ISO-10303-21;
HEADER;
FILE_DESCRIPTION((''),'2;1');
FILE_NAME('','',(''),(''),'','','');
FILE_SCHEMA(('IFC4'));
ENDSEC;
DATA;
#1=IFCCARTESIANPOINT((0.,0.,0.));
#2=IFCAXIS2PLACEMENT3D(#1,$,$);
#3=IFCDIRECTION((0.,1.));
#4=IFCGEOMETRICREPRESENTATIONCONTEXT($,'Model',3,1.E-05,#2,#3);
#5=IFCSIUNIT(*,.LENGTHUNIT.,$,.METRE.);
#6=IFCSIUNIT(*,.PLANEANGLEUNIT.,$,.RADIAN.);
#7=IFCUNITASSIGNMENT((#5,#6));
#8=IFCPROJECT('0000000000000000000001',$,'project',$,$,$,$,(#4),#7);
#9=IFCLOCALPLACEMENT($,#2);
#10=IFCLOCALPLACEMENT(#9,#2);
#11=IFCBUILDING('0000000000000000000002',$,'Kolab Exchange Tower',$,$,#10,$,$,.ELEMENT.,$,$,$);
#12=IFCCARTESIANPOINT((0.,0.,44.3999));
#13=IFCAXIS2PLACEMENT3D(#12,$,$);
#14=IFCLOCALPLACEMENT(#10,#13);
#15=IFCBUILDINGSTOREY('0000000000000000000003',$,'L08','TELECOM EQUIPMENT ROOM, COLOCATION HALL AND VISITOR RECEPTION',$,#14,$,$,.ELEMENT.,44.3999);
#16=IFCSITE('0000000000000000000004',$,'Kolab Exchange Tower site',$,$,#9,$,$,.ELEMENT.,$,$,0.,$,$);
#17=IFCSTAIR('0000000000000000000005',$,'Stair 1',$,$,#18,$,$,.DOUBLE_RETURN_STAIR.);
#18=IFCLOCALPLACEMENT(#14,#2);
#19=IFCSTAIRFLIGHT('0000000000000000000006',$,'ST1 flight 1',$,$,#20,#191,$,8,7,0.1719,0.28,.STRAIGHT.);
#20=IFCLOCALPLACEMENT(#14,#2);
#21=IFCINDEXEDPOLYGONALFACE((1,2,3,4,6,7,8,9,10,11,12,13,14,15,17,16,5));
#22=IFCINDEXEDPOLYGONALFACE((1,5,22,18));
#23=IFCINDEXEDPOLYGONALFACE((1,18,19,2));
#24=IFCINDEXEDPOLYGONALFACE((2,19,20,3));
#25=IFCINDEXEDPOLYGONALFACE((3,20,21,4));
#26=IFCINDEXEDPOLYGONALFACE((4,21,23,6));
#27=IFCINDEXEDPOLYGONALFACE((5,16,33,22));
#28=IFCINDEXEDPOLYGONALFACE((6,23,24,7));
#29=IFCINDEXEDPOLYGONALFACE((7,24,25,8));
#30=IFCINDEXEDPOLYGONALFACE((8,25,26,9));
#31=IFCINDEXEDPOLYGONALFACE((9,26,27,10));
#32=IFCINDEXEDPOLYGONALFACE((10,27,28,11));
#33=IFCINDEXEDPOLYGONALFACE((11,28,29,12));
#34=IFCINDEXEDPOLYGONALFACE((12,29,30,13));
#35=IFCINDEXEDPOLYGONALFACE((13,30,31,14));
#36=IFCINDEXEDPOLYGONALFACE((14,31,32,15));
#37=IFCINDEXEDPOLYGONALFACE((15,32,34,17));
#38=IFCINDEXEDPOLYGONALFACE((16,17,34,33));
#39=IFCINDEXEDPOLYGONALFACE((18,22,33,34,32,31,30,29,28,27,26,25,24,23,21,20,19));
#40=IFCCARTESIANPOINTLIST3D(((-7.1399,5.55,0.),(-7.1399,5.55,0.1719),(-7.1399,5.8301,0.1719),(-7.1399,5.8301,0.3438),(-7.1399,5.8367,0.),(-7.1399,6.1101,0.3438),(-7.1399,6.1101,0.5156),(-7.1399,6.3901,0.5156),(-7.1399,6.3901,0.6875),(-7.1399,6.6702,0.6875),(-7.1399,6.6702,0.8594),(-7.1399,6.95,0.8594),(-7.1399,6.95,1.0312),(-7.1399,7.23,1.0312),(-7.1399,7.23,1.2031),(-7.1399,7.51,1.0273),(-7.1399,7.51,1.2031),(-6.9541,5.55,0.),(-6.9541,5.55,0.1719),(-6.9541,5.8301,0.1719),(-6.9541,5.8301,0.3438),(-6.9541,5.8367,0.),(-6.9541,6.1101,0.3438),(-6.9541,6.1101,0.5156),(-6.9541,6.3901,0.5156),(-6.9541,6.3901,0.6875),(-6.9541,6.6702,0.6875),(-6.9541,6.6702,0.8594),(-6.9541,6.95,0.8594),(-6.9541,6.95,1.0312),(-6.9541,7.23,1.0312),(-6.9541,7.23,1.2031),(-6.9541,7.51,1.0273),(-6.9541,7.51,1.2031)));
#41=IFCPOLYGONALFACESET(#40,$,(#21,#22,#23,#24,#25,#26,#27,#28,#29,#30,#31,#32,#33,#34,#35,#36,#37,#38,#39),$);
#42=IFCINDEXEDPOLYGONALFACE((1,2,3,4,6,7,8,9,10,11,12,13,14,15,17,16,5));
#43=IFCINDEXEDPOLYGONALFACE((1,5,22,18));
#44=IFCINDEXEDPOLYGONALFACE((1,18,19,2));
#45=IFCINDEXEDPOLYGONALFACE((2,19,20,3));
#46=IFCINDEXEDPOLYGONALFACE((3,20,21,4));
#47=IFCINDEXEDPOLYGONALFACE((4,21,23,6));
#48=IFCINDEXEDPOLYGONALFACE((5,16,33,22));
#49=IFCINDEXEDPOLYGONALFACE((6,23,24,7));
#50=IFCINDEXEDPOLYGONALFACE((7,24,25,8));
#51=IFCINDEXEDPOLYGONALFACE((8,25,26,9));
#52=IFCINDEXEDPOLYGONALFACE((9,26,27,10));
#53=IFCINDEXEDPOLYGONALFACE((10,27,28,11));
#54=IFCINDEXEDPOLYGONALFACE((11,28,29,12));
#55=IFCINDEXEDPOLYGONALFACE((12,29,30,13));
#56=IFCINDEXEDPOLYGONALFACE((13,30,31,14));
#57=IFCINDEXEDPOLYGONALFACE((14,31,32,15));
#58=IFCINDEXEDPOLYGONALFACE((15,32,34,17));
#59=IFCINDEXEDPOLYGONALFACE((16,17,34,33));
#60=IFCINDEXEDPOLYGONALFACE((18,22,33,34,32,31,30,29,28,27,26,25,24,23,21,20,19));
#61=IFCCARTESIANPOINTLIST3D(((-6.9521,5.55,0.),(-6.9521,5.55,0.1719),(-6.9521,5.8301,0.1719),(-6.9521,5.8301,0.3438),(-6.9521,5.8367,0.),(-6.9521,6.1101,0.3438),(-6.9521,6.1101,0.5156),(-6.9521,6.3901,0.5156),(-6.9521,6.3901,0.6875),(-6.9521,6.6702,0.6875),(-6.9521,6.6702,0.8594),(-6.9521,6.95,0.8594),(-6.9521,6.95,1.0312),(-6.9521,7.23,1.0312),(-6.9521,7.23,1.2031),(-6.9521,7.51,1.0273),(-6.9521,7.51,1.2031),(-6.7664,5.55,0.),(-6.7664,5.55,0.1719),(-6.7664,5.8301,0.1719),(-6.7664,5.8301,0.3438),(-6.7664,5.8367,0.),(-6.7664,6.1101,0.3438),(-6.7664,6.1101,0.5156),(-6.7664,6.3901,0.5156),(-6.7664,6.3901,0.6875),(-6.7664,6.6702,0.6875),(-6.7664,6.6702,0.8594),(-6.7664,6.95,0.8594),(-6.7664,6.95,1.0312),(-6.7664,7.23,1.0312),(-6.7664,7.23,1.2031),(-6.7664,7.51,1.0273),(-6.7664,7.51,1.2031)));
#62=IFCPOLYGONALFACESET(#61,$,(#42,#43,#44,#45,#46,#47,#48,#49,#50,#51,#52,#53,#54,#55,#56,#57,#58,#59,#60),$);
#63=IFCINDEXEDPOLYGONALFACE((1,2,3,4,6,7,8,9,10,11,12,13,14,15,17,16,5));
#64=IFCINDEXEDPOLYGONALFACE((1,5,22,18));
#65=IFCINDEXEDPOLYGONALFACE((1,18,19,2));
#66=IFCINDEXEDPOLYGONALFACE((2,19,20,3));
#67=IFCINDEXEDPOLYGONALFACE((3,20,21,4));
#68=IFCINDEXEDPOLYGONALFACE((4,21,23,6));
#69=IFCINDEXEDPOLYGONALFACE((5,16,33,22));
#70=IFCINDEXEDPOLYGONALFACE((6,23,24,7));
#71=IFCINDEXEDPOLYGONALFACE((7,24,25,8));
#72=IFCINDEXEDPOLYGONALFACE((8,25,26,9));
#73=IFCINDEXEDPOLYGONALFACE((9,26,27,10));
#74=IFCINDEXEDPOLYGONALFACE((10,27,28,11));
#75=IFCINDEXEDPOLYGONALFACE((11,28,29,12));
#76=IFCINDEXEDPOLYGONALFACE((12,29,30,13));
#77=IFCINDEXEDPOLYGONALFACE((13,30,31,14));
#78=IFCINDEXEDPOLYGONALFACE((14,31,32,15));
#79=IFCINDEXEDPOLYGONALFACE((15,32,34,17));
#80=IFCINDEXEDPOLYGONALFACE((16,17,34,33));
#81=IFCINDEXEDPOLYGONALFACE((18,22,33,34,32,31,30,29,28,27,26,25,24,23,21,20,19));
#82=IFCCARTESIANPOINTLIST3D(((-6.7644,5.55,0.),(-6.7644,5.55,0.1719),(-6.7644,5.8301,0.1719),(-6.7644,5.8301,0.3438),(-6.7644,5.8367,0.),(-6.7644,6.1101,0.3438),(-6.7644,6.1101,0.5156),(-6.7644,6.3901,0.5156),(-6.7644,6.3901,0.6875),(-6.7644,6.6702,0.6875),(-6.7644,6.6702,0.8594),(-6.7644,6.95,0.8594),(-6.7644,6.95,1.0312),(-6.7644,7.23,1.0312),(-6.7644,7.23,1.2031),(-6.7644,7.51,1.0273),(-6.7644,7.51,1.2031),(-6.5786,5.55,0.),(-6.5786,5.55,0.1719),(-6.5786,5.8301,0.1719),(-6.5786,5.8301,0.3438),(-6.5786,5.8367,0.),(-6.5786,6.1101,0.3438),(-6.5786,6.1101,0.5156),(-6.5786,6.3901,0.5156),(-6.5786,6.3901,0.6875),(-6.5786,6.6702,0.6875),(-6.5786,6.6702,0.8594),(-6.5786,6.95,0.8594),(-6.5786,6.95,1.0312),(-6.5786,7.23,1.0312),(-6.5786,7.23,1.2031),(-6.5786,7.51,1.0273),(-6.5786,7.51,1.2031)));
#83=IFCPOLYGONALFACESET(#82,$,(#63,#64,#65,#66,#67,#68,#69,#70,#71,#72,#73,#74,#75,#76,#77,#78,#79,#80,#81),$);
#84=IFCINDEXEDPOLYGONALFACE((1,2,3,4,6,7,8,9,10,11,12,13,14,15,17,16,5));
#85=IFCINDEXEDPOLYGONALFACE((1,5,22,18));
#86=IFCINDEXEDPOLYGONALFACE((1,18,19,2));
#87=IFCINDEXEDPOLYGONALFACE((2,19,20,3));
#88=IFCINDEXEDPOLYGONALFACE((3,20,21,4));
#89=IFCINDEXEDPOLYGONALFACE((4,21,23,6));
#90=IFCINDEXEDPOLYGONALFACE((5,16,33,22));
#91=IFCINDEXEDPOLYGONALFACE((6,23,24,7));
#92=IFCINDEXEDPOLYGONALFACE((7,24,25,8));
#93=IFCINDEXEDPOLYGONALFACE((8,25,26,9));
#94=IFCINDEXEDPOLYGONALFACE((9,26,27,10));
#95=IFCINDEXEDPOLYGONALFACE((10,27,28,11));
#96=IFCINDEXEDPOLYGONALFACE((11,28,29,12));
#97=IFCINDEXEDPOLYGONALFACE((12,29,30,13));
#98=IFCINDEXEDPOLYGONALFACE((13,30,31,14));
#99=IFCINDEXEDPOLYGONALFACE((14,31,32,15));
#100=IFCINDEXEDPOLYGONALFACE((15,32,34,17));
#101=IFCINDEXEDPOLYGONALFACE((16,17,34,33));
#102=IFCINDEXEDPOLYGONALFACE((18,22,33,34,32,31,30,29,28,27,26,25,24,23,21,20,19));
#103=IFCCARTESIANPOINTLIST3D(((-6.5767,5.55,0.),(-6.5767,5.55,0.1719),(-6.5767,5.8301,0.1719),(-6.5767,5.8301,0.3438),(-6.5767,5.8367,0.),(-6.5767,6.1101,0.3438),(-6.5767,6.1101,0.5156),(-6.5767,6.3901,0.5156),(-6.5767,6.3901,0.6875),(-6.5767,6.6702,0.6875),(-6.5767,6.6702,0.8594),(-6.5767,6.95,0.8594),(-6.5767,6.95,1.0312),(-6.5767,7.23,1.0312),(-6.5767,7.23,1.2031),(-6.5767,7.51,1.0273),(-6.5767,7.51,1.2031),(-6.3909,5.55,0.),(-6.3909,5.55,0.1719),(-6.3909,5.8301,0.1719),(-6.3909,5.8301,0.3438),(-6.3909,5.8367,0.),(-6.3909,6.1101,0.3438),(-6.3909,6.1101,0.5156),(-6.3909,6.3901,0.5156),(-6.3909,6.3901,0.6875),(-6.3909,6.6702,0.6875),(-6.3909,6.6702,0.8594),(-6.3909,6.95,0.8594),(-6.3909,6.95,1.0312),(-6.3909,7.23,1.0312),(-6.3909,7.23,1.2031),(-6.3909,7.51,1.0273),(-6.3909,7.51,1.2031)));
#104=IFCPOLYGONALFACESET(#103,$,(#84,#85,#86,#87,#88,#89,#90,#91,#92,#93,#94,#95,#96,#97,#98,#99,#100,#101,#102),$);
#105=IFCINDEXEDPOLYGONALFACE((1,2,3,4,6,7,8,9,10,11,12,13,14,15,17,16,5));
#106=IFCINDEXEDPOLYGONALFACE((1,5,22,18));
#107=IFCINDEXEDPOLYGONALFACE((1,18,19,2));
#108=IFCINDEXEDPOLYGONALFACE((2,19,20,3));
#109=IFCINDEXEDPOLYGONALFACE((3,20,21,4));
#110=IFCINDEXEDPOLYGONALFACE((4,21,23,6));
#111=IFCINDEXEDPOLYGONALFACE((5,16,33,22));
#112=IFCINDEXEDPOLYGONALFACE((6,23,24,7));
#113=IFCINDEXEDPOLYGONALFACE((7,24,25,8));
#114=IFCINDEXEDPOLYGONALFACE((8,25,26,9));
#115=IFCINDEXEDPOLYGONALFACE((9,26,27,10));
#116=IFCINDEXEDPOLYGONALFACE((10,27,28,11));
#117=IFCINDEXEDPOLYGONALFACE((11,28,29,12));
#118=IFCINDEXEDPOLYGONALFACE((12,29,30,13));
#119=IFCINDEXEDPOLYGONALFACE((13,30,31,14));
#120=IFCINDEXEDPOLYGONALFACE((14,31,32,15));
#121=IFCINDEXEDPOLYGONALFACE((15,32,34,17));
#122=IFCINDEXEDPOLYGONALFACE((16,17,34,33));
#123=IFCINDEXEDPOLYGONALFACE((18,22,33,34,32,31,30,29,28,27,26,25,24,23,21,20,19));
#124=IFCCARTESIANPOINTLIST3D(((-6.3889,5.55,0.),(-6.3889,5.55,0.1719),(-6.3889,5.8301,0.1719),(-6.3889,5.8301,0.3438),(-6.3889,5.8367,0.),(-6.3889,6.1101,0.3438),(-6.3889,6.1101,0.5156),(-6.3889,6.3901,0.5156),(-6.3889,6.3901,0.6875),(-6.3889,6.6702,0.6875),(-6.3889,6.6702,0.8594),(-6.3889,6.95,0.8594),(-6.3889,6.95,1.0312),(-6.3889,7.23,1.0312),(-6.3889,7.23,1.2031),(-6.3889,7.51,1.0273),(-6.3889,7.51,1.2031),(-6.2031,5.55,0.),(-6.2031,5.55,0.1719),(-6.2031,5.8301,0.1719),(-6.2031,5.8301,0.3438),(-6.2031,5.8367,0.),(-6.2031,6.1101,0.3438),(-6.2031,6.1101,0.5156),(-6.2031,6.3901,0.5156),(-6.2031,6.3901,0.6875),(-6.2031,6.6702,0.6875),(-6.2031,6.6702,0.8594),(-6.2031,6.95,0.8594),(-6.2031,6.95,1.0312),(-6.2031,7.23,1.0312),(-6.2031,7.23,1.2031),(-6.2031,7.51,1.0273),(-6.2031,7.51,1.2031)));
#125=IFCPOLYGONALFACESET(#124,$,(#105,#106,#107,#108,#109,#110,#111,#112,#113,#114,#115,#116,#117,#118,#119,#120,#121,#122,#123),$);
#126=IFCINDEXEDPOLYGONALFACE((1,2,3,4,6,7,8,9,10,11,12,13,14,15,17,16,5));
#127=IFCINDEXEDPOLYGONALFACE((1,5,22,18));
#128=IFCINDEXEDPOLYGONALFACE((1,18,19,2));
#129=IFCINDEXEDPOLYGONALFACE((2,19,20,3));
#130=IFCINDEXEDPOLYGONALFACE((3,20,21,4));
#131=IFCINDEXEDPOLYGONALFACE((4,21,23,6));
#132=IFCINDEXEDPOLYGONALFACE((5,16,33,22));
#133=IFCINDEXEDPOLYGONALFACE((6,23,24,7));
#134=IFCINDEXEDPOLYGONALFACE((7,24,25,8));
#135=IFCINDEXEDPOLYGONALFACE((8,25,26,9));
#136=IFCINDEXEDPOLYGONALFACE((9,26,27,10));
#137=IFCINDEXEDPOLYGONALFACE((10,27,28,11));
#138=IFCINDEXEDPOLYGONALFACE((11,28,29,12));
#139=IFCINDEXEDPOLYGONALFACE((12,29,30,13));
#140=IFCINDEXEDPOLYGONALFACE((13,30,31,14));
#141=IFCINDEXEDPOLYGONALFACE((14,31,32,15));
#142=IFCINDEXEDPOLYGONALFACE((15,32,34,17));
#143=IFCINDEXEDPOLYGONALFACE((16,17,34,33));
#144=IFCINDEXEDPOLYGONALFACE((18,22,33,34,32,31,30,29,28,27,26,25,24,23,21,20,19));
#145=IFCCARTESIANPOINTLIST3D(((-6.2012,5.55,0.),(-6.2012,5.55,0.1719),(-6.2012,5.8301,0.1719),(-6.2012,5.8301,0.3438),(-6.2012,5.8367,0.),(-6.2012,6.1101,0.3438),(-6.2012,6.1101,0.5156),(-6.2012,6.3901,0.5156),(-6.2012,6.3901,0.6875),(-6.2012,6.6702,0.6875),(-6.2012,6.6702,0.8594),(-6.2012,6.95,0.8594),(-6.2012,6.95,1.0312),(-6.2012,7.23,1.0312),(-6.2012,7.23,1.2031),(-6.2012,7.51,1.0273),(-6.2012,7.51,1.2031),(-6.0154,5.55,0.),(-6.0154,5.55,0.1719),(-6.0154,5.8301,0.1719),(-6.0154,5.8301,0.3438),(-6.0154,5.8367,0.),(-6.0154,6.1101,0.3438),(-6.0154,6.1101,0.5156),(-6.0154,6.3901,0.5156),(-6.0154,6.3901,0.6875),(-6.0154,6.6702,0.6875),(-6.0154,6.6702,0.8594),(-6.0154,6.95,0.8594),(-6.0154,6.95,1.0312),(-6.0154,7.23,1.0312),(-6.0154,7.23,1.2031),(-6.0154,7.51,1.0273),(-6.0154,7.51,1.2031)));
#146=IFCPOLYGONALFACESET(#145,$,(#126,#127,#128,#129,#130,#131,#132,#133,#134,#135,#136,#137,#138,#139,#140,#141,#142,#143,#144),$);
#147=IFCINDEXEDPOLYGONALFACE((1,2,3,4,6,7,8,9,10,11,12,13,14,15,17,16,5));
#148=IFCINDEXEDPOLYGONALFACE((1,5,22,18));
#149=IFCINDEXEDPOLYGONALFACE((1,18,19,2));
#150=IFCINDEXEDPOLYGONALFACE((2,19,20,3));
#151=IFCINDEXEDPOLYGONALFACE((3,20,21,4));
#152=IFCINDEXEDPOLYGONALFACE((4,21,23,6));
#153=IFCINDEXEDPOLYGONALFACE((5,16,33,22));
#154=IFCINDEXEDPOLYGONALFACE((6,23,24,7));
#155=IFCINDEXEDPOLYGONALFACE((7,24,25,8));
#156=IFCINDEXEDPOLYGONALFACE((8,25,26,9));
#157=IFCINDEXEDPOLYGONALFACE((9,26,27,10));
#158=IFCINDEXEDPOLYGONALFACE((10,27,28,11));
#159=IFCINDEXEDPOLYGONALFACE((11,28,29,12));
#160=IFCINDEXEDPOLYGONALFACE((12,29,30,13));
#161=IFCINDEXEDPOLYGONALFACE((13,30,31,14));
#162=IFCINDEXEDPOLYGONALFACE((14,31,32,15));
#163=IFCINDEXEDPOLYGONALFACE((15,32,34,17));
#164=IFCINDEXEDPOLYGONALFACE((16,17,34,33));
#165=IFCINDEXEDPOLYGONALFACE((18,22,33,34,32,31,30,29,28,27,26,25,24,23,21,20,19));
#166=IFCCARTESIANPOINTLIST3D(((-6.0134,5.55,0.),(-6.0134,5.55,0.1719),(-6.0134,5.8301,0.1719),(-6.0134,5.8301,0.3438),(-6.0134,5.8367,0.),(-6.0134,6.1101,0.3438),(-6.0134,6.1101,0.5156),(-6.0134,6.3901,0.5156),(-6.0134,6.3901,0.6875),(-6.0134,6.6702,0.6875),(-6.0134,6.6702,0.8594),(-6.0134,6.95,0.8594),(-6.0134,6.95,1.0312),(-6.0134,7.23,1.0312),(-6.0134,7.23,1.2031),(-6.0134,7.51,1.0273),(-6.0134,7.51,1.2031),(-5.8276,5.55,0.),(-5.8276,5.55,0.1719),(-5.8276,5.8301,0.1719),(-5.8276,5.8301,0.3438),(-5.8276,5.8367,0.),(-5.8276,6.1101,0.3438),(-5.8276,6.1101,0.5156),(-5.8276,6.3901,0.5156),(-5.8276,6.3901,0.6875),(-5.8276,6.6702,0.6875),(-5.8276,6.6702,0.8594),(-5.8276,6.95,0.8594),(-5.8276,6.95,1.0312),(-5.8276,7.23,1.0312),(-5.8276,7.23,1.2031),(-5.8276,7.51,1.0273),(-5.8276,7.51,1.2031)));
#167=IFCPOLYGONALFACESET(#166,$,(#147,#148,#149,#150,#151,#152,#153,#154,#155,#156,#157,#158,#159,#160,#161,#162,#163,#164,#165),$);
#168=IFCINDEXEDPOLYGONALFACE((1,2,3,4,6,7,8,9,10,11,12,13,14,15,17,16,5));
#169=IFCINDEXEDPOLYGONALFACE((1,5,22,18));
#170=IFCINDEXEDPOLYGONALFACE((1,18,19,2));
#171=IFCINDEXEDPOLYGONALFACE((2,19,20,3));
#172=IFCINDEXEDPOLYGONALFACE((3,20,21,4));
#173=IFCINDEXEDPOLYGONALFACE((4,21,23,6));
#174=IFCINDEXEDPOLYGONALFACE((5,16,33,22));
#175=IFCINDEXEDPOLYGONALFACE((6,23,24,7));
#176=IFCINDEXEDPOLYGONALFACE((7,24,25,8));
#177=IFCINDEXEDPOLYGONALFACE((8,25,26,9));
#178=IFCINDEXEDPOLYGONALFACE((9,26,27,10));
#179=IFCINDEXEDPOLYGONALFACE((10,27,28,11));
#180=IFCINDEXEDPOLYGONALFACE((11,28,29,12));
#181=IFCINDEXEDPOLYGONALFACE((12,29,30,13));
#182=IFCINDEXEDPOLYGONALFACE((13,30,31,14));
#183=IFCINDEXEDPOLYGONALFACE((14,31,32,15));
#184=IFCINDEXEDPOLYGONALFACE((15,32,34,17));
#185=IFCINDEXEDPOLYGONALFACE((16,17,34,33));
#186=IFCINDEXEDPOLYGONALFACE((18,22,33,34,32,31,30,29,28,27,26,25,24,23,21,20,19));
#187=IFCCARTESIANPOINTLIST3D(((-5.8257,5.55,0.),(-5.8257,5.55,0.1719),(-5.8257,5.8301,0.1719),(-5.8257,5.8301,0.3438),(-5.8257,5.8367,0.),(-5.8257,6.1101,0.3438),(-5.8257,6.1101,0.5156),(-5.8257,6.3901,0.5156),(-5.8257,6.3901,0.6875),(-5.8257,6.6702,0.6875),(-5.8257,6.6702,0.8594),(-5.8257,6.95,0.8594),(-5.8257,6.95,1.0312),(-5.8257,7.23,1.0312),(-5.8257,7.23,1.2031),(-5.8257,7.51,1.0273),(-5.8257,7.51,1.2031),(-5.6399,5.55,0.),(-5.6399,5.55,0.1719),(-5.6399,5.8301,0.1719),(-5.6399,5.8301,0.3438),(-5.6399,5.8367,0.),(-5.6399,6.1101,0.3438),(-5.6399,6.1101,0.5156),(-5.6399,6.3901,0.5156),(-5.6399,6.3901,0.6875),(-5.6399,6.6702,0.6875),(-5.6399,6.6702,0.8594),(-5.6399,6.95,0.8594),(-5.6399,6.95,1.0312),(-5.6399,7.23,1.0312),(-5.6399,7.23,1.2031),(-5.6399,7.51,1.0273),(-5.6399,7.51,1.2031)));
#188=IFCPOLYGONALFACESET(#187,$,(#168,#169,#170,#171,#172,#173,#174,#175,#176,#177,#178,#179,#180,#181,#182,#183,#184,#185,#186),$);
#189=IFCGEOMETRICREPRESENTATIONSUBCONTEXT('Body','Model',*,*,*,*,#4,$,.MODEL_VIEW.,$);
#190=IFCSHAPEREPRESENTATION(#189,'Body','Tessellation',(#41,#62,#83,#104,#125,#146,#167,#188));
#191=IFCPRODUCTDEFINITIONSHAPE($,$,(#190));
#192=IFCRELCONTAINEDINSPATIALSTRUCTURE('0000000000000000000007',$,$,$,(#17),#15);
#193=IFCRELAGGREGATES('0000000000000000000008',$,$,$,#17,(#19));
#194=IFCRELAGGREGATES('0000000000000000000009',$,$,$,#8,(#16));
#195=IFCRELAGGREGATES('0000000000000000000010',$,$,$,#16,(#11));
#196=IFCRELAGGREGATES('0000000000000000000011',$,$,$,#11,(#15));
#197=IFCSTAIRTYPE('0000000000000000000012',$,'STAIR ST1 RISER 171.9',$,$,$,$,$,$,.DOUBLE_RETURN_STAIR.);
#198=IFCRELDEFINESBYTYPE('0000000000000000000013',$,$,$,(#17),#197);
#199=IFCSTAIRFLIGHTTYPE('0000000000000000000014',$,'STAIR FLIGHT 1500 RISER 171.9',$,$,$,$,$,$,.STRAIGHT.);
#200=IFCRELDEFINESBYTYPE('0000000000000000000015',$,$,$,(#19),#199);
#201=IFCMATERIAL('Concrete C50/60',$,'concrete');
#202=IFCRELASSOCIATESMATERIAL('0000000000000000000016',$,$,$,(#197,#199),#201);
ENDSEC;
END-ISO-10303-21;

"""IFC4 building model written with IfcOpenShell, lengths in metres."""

from ifc_helpers import new_model, si_unit, direction, frame, origin, place, context, subcontext, project, spatial, polyline, outline, extrude, material, type_object, element, aggregate, save


model = new_model("IFC4")

# Units and contexts
model_context = context("Model", 3, precision=1e-05, world=origin(), true_north=direction((0.0, 1.0)))
body_context = subcontext(model_context, "Body", "Model", "MODEL_VIEW")
ifc_project = project(units=[si_unit("LENGTHUNIT", "METRE"), si_unit("PLANEANGLEUNIT", "RADIAN")], contexts=[model_context])

# Site, building, storey
site_placement = place(None, origin())
site = spatial("IfcSite", under=ifc_project, at=site_placement, Name="Kolab Exchange Tower site", CompositionType="ELEMENT", RefElevation=0.0)
building_placement = place(site_placement, origin())
building = spatial("IfcBuilding", under=site, at=building_placement, Name="Kolab Exchange Tower", CompositionType="ELEMENT")
storey_placement = place(building_placement, frame((0.0, 0.0, 44.3999)))
storey = spatial("IfcBuildingStorey", under=building, at=storey_placement, Name="L08", Description="TELECOM EQUIPMENT ROOM, COLOCATION HALL AND VISITOR RECEPTION", CompositionType="ELEMENT", Elevation=44.3999)

# Shared definitions
ifc_material_1 = material(Name="Concrete C50/60", Category="concrete")

# Stair, stair flight
stair_type = type_object("IfcStairType", Name="STAIR ST1 RISER 171.9", PredefinedType="DOUBLE_RETURN_STAIR", material=ifc_material_1)
stair_placement = place(storey_placement, origin())
stair = element("IfcStair", 1, at=stair_placement, inside=storey, type_object=stair_type, Name="Stair 1", PredefinedType="DOUBLE_RETURN_STAIR")
stair_flight_type = type_object("IfcStairFlightType", Name="STAIR FLIGHT 1500 RISER 171.9", PredefinedType="STRAIGHT", material=ifc_material_1)
stair_flight_1_placement = place(storey_placement, frame((-6.3899, 5.55, 0.0), z_axis=(0.0, 0.0, 1.0), x_axis=(0.0, 1.0, 0.0)))
stair_flight_1 = element("IfcStairFlight", 2, at=stair_flight_1_placement, type_object=stair_flight_type, Name="ST1 flight 1", NumberOfRisers=8, NumberOfTreads=7, PredefinedType="STRAIGHT", RiserHeight=0.1719, TreadLength=0.28, context=body_context, shape_type="SweptSolid", body=[
    extrude(outline(polyline([(0.0, 0.0), (0.0, 0.1719), (0.28, 0.1719), (0.28, 0.3438), (0.5601, 0.3438), (0.5601, 0.5156), (0.8401, 0.5156), (0.8401, 0.6875), (1.1201, 0.6875), (1.1201, 0.8594), (1.3999, 0.8594), (1.3999, 1.0312), (1.6799, 1.0312), (1.6799, 1.2031), (1.96, 1.2031), (1.96, 1.375), (1.96, 1.0273), (0.2866, 0.0), (0.0, 0.0)])), frame((0.0, 0.75, 0.0), z_axis=(0.0, -1.0, 0.0), x_axis=(1.0, 0.0, 0.0)), (0.0, 0.0, 1.0), 0.1858),
    extrude(outline(polyline([(0.0, 0.0), (0.0, 0.1719), (0.28, 0.1719), (0.28, 0.3438), (0.5601, 0.3438), (0.5601, 0.5156), (0.8401, 0.5156), (0.8401, 0.6875), (1.1201, 0.6875), (1.1201, 0.8594), (1.3999, 0.8594), (1.3999, 1.0312), (1.6799, 1.0312), (1.6799, 1.2031), (1.96, 1.2031), (1.96, 1.375), (1.96, 1.0273), (0.2866, 0.0), (0.0, 0.0)])), frame((0.0, 0.5623, 0.0), z_axis=(0.0, -1.0, 0.0), x_axis=(1.0, 0.0, 0.0)), (0.0, 0.0, 1.0), 0.1858),
    extrude(outline(polyline([(0.0, 0.0), (0.0, 0.1719), (0.28, 0.1719), (0.28, 0.3438), (0.5601, 0.3438), (0.5601, 0.5156), (0.8401, 0.5156), (0.8401, 0.6875), (1.1201, 0.6875), (1.1201, 0.8594), (1.3999, 0.8594), (1.3999, 1.0312), (1.6799, 1.0312), (1.6799, 1.2031), (1.96, 1.2031), (1.96, 1.375), (1.96, 1.0273), (0.2866, 0.0), (0.0, 0.0)])), frame((0.0, 0.3745, 0.0), z_axis=(0.0, -1.0, 0.0), x_axis=(1.0, 0.0, 0.0)), (0.0, 0.0, 1.0), 0.1858),
    extrude(outline(polyline([(0.0, 0.0), (0.0, 0.1719), (0.28, 0.1719), (0.28, 0.3438), (0.5601, 0.3438), (0.5601, 0.5156), (0.8401, 0.5156), (0.8401, 0.6875), (1.1201, 0.6875), (1.1201, 0.8594), (1.3999, 0.8594), (1.3999, 1.0312), (1.6799, 1.0312), (1.6799, 1.2031), (1.96, 1.2031), (1.96, 1.375), (1.96, 1.0273), (0.2866, 0.0), (0.0, 0.0)])), frame((0.0, 0.1868, 0.0), z_axis=(0.0, -1.0, 0.0), x_axis=(1.0, 0.0, 0.0)), (0.0, 0.0, 1.0), 0.1858),
    extrude(outline(polyline([(0.0, 0.0), (0.0, 0.1719), (0.28, 0.1719), (0.28, 0.3438), (0.5601, 0.3438), (0.5601, 0.5156), (0.8401, 0.5156), (0.8401, 0.6875), (1.1201, 0.6875), (1.1201, 0.8594), (1.3999, 0.8594), (1.3999, 1.0312), (1.6799, 1.0312), (1.6799, 1.2031), (1.96, 1.2031), (1.96, 1.375), (1.96, 1.0273), (0.2866, 0.0), (0.0, 0.0)])), frame((0.0, -0.001, 0.0), z_axis=(0.0, -1.0, 0.0), x_axis=(1.0, 0.0, 0.0)), (0.0, 0.0, 1.0), 0.1858),
    extrude(outline(polyline([(0.0, 0.0), (0.0, 0.1719), (0.28, 0.1719), (0.28, 0.3438), (0.5601, 0.3438), (0.5601, 0.5156), (0.8401, 0.5156), (0.8401, 0.6875), (1.1201, 0.6875), (1.1201, 0.8594), (1.3999, 0.8594), (1.3999, 1.0312), (1.6799, 1.0312), (1.6799, 1.2031), (1.96, 1.2031), (1.96, 1.375), (1.96, 1.0273), (0.2866, 0.0), (0.0, 0.0)])), frame((0.0, -0.1887, 0.0), z_axis=(0.0, -1.0, 0.0), x_axis=(1.0, 0.0, 0.0)), (0.0, 0.0, 1.0), 0.1858),
    extrude(outline(polyline([(0.0, 0.0), (0.0, 0.1719), (0.28, 0.1719), (0.28, 0.3438), (0.5601, 0.3438), (0.5601, 0.5156), (0.8401, 0.5156), (0.8401, 0.6875), (1.1201, 0.6875), (1.1201, 0.8594), (1.3999, 0.8594), (1.3999, 1.0312), (1.6799, 1.0312), (1.6799, 1.2031), (1.96, 1.2031), (1.96, 1.375), (1.96, 1.0273), (0.2866, 0.0), (0.0, 0.0)])), frame((0.0, -0.3765, 0.0), z_axis=(0.0, -1.0, 0.0), x_axis=(1.0, 0.0, 0.0)), (0.0, 0.0, 1.0), 0.1858),
    extrude(outline(polyline([(0.0, 0.0), (0.0, 0.1719), (0.28, 0.1719), (0.28, 0.3438), (0.5601, 0.3438), (0.5601, 0.5156), (0.8401, 0.5156), (0.8401, 0.6875), (1.1201, 0.6875), (1.1201, 0.8594), (1.3999, 0.8594), (1.3999, 1.0312), (1.6799, 1.0312), (1.6799, 1.2031), (1.96, 1.2031), (1.96, 1.375), (1.96, 1.0273), (0.2866, 0.0), (0.0, 0.0)])), frame((0.0, -0.5642, 0.0), z_axis=(0.0, -1.0, 0.0), x_axis=(1.0, 0.0, 0.0)), (0.0, 0.0, 1.0), 0.1858),
])
aggregate(stair, [stair_flight_1])

save(model, "model.ifc")
